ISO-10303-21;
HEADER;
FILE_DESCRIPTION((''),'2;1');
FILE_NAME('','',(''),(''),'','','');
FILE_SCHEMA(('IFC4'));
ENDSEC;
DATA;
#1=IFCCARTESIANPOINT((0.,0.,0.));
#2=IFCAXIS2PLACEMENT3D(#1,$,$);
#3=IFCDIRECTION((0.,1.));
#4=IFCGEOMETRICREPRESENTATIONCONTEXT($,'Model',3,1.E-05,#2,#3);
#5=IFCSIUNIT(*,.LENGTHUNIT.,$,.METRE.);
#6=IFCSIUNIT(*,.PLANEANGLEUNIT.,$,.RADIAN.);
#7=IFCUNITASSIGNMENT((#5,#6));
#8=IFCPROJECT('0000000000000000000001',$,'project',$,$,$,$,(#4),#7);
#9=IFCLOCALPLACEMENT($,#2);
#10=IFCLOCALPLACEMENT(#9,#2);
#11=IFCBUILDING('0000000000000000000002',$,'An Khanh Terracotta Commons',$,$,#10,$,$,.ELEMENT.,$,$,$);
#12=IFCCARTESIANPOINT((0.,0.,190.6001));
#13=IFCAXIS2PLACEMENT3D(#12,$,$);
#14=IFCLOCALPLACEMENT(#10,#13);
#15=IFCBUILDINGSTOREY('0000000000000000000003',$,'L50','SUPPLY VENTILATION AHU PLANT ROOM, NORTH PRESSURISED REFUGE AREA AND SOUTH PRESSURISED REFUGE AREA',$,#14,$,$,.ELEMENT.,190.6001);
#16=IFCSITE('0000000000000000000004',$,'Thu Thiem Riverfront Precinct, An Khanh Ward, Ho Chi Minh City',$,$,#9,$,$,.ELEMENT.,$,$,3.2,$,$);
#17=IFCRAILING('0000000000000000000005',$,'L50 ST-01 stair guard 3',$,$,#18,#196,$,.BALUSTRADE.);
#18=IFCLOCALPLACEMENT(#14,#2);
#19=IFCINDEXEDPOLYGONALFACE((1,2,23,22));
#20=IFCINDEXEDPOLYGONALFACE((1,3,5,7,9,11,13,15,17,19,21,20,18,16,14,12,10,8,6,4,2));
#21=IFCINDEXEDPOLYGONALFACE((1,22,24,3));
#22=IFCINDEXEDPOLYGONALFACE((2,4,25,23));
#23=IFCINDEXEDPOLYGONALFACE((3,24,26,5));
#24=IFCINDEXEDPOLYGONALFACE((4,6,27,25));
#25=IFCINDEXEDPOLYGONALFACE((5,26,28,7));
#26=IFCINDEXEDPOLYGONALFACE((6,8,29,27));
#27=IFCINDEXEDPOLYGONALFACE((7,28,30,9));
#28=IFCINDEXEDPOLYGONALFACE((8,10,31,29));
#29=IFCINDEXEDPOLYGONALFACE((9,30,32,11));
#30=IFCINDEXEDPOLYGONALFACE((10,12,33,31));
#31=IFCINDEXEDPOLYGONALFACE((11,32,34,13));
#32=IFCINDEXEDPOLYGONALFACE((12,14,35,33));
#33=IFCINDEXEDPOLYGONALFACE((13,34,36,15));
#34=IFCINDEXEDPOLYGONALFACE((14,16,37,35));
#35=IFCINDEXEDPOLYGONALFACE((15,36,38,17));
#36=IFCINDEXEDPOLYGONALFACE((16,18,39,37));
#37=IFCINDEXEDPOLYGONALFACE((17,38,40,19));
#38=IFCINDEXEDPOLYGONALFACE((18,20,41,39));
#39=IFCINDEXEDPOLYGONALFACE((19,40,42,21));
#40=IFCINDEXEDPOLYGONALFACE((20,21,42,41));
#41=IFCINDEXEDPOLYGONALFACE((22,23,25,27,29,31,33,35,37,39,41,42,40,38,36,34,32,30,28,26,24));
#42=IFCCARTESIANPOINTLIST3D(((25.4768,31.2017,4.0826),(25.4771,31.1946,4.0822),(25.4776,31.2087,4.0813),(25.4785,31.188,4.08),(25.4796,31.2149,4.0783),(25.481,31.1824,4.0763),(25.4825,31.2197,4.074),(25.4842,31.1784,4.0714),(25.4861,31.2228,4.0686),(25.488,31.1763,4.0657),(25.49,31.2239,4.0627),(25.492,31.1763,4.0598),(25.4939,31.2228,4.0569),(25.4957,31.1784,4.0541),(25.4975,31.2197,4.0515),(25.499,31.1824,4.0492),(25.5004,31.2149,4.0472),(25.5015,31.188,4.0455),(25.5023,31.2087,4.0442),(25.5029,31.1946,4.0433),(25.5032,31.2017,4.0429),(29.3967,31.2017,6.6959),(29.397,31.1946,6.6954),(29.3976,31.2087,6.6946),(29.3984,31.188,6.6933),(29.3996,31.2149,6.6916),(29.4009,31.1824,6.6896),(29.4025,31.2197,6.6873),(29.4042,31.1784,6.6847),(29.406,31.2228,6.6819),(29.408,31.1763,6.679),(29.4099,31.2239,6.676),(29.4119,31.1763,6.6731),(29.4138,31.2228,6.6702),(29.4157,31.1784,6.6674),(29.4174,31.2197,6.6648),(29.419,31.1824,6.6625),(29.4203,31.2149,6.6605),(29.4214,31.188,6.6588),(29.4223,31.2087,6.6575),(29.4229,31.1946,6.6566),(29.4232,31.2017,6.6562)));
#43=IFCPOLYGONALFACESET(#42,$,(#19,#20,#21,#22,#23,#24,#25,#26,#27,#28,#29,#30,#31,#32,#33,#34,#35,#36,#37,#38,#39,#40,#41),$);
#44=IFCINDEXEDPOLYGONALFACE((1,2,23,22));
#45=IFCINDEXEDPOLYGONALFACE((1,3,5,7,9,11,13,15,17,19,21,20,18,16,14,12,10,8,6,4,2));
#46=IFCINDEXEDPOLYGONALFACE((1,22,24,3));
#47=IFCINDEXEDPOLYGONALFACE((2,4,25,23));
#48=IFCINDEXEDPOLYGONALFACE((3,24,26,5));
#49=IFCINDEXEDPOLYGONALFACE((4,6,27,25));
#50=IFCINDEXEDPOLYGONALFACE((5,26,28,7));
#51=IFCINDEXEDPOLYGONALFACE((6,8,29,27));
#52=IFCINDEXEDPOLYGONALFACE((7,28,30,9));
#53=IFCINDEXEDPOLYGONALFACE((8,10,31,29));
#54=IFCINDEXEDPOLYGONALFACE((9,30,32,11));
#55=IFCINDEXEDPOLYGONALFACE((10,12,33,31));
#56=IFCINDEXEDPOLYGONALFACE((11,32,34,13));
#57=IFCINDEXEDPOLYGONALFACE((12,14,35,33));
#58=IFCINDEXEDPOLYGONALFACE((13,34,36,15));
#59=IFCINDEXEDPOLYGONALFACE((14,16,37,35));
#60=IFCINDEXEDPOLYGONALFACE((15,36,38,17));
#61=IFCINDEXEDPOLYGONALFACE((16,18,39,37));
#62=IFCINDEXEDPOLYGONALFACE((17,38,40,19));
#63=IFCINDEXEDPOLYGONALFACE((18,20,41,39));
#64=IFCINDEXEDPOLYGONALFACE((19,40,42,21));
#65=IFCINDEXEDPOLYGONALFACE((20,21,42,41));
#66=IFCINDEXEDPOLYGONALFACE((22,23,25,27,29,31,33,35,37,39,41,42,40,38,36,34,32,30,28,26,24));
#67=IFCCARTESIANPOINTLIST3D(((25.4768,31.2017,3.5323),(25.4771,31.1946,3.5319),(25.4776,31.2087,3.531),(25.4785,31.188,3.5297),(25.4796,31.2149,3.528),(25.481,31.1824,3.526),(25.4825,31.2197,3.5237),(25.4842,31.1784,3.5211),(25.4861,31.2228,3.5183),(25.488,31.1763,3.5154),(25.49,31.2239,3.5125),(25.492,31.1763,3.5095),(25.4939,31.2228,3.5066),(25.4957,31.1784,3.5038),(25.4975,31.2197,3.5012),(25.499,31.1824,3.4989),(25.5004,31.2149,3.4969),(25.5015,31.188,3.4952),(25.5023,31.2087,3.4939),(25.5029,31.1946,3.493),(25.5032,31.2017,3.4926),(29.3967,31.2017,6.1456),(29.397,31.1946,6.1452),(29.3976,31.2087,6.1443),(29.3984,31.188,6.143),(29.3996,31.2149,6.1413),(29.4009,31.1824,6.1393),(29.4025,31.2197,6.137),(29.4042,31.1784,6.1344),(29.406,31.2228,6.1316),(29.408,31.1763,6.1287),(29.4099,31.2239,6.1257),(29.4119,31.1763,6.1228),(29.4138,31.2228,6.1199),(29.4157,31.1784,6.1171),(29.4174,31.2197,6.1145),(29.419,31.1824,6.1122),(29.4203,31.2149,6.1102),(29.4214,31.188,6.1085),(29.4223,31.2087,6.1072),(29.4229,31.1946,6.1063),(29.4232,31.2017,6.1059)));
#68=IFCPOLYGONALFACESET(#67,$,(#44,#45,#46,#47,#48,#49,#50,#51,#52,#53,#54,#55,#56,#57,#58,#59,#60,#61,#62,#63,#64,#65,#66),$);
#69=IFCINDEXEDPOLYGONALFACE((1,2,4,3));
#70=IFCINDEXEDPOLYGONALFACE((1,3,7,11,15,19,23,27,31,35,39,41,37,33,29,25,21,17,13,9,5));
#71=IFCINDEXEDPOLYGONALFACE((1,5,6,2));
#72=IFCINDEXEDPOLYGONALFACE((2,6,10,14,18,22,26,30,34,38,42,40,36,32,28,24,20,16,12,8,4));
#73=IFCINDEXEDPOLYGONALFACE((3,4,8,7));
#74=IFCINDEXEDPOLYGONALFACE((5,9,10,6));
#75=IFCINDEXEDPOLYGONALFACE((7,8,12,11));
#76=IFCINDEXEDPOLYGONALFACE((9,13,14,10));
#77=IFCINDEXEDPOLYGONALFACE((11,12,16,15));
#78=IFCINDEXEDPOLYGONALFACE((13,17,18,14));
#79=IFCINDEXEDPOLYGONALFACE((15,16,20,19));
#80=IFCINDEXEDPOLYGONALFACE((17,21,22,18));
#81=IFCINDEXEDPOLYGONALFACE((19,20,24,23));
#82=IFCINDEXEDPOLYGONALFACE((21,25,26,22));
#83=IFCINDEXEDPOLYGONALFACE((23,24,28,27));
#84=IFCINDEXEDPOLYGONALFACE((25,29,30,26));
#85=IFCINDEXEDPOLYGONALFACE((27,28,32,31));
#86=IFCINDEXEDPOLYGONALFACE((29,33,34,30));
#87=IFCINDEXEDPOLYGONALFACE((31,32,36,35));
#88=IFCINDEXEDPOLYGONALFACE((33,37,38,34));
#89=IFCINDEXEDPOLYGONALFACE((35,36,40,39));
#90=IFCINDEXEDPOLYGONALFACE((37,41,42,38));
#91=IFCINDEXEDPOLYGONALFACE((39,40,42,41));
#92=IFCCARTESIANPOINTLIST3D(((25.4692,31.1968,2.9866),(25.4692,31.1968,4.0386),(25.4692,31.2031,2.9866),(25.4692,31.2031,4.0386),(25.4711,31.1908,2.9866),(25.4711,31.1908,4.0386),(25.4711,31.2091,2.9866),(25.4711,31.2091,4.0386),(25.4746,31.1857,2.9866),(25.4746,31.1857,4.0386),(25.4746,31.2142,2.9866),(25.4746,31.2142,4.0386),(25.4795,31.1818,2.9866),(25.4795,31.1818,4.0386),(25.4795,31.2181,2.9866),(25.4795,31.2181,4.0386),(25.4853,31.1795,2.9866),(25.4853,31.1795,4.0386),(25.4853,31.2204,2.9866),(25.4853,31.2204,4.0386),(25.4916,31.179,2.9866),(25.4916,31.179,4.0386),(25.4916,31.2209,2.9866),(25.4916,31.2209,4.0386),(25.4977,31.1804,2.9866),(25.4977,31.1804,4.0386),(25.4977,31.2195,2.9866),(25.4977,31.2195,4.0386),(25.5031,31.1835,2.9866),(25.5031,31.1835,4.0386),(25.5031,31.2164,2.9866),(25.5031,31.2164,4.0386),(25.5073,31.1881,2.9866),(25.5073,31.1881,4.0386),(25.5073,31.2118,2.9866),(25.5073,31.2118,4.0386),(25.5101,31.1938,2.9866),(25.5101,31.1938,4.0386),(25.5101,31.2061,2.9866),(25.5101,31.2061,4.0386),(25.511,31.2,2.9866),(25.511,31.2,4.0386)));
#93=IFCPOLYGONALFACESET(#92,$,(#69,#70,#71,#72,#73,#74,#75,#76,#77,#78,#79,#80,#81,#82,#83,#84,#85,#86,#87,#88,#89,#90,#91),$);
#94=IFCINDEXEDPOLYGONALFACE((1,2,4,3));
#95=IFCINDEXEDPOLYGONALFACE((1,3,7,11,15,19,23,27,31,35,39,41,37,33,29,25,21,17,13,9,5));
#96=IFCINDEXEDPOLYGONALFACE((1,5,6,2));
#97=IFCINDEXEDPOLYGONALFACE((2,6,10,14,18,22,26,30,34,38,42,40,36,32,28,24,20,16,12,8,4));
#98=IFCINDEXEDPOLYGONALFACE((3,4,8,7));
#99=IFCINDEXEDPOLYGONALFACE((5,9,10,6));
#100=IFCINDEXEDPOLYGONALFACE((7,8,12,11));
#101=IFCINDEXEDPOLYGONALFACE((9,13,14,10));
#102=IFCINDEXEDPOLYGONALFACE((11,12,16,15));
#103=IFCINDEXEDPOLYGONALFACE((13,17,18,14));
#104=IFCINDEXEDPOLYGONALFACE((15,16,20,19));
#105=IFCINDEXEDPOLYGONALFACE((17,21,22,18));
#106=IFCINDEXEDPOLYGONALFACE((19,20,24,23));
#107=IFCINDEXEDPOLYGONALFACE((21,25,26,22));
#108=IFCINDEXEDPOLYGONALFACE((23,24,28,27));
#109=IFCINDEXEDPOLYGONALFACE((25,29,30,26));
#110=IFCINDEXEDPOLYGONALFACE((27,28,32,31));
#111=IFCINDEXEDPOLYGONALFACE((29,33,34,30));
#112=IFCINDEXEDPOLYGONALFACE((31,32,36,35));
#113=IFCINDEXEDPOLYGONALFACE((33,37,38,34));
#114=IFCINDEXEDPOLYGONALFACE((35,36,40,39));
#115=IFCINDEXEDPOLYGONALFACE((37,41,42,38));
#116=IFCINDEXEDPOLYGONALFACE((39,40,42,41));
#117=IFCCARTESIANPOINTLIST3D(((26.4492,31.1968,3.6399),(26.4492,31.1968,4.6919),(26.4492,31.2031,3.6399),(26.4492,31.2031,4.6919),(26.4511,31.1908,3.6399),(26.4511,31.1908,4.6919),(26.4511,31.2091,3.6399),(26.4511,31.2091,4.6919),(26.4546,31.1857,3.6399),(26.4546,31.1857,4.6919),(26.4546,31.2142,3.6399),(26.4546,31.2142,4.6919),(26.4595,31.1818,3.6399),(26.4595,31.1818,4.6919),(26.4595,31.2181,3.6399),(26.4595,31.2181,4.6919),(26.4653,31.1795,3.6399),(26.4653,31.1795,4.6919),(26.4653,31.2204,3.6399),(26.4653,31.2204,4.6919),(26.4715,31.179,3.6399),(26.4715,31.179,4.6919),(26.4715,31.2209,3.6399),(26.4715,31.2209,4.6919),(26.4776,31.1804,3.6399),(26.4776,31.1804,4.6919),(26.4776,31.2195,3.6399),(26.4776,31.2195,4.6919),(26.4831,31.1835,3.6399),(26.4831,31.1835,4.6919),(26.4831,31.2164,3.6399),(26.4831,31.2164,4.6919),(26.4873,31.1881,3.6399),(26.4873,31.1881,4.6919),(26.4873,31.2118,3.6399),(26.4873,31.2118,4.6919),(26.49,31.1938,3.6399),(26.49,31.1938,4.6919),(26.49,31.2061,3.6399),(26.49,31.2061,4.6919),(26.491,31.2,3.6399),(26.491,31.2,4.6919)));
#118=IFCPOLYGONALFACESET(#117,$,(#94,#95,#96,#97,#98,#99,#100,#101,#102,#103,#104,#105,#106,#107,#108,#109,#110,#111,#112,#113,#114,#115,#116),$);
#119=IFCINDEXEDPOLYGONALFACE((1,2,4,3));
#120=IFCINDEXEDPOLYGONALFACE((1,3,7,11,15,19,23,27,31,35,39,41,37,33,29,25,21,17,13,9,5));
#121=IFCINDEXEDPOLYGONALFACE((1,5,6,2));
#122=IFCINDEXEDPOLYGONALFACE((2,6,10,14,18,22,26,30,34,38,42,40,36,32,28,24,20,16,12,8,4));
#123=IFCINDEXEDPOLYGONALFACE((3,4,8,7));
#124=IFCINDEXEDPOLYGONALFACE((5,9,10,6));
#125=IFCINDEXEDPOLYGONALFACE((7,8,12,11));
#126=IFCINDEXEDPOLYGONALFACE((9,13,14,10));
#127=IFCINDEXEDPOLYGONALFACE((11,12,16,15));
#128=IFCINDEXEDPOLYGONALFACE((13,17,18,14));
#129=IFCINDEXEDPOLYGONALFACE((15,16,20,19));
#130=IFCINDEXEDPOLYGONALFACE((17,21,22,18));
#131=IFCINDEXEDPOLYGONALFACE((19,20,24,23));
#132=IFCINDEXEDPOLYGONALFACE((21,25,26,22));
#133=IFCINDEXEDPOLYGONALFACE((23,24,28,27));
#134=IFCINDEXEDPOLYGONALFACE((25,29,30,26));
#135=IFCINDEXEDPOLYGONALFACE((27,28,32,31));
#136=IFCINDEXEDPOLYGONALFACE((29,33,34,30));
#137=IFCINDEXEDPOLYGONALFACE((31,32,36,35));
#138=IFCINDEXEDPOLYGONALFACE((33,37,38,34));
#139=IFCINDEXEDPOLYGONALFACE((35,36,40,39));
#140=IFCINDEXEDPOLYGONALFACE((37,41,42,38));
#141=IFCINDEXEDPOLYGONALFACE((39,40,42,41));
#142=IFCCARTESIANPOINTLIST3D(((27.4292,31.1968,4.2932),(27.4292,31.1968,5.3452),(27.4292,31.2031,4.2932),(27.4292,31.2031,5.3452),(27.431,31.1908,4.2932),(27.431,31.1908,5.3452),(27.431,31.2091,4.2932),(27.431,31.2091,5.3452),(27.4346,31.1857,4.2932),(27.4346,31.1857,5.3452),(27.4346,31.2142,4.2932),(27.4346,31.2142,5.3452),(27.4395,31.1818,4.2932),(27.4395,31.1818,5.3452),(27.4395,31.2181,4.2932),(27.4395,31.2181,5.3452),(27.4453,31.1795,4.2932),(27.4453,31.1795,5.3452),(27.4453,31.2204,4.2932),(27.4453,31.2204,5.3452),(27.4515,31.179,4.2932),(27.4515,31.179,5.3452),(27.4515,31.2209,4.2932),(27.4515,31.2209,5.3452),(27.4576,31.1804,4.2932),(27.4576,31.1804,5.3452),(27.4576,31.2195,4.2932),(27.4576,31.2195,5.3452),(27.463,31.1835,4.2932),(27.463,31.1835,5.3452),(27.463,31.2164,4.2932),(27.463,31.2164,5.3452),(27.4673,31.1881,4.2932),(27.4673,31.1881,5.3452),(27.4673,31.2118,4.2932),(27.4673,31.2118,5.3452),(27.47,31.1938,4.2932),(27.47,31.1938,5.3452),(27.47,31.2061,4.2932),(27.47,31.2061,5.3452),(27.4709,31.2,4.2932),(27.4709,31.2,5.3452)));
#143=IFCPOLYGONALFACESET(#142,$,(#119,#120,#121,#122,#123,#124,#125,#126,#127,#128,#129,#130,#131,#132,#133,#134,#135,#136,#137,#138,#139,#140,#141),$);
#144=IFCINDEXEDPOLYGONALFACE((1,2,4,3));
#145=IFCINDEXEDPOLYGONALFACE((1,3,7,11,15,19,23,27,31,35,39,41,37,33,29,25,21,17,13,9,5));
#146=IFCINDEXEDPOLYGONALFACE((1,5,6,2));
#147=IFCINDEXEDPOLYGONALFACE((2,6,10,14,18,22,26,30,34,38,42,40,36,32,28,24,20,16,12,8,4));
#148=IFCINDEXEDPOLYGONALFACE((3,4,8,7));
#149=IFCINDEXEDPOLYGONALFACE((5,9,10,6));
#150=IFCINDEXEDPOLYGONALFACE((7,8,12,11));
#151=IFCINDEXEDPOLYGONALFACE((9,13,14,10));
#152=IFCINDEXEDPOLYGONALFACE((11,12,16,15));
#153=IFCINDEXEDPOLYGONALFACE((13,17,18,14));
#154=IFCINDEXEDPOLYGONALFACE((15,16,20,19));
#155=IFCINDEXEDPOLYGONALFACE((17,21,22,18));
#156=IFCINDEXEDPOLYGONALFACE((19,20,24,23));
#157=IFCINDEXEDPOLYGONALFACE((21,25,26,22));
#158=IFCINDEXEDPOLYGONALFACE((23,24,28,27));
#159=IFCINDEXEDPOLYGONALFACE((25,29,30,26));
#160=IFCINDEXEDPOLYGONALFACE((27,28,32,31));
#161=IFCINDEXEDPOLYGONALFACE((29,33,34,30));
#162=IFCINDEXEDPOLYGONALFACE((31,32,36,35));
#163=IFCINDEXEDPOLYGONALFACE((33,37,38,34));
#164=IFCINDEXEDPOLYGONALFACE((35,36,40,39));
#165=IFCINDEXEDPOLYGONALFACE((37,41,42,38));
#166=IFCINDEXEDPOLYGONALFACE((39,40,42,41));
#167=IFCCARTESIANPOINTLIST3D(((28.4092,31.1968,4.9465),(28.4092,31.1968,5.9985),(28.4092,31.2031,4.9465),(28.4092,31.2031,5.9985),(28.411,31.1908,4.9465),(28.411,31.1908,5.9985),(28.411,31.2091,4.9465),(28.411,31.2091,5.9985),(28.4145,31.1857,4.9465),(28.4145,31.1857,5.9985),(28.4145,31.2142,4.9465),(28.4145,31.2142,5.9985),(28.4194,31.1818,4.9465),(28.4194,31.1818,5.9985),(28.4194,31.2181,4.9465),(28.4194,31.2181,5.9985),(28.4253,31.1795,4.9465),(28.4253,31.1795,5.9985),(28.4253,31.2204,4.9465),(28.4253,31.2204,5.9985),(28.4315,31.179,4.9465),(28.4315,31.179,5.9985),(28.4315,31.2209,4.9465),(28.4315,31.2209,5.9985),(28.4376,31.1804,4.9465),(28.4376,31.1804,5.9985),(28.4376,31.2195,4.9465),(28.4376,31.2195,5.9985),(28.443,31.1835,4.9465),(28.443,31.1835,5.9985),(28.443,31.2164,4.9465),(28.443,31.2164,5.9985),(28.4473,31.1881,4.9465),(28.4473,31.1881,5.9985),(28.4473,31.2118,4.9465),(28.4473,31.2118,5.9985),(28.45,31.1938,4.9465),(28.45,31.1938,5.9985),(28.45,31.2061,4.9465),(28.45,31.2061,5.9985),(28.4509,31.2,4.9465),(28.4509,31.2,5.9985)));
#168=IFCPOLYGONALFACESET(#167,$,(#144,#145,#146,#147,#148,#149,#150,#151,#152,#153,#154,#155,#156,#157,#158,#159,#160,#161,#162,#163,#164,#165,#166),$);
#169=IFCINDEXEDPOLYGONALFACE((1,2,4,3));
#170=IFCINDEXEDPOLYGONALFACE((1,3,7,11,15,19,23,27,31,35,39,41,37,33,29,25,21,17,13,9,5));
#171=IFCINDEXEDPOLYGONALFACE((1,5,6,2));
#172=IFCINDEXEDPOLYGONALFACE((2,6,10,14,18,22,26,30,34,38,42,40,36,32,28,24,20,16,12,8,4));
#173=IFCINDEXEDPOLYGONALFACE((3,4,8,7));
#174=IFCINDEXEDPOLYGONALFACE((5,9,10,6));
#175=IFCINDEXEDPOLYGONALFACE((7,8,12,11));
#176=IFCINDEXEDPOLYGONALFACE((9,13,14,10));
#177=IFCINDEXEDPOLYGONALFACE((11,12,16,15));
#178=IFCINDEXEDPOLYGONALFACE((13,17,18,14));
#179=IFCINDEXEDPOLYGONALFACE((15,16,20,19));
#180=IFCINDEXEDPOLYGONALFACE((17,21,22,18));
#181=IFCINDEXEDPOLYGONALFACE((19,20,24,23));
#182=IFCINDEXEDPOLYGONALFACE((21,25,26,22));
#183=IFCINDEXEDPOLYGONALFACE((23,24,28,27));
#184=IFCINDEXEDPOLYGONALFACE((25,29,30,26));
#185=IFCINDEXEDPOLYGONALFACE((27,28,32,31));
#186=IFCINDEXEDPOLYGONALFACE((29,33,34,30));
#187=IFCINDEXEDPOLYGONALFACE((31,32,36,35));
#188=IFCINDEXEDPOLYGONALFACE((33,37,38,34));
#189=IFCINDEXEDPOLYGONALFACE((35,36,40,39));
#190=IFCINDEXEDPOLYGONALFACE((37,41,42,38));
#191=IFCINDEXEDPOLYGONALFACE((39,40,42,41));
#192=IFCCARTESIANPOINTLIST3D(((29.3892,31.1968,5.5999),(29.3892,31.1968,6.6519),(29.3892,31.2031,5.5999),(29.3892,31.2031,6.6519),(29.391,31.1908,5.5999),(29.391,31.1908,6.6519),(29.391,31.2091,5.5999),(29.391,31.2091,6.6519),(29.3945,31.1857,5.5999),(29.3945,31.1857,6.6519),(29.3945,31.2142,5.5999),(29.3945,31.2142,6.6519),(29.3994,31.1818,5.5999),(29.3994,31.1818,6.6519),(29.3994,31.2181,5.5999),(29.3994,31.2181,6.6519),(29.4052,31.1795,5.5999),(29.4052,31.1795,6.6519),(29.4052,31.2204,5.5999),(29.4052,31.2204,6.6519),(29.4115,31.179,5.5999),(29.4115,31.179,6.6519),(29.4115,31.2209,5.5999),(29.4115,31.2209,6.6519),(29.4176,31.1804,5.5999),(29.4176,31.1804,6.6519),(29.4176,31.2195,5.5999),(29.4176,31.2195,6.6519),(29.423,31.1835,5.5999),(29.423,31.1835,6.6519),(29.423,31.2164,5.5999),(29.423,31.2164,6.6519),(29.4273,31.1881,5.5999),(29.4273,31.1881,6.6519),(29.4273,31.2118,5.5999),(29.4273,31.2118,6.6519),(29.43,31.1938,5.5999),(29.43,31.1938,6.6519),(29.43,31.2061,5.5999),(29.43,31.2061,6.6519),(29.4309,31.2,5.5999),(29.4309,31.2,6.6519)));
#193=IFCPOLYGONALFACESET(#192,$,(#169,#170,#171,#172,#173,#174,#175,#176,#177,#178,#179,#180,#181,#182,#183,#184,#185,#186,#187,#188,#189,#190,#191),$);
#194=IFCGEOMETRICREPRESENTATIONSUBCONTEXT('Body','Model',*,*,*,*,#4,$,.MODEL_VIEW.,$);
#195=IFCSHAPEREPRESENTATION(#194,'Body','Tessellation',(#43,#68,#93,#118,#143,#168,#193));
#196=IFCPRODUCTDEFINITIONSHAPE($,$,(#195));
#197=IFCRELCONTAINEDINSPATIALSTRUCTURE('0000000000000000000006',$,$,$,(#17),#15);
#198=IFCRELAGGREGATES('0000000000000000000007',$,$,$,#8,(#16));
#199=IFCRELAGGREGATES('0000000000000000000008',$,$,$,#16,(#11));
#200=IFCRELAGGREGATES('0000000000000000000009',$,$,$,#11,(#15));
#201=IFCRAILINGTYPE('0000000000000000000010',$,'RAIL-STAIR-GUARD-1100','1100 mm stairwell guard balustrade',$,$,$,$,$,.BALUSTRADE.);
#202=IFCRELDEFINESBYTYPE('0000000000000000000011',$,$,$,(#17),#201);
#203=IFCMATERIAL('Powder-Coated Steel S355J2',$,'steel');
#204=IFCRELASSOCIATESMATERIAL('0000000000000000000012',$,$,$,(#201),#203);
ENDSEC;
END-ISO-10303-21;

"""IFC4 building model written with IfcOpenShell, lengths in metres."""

from ifc_helpers import new_model, si_unit, direction, frame, origin, origin_2d, place, context, subcontext, project, spatial, circle, extrude, material, type_object, element, save


model = new_model("IFC4")

# Units and contexts
model_context = context("Model", 3, precision=1e-05, world=origin(), true_north=direction((0.0, 1.0)))
body_context = subcontext(model_context, "Body", "Model", "MODEL_VIEW")
ifc_project = project(units=[si_unit("LENGTHUNIT", "METRE"), si_unit("PLANEANGLEUNIT", "RADIAN")], contexts=[model_context])

# Site, building, storey
site_placement = place(None, origin())
site = spatial("IfcSite", under=ifc_project, at=site_placement, Name="Thu Thiem Riverfront Precinct, An Khanh Ward, Ho Chi Minh City", CompositionType="ELEMENT", RefElevation=3.2)
building_placement = place(site_placement, origin())
building = spatial("IfcBuilding", under=site, at=building_placement, Name="An Khanh Terracotta Commons", CompositionType="ELEMENT")
storey_placement = place(building_placement, frame((0.0, 0.0, 190.6001)))
storey = spatial("IfcBuildingStorey", under=building, at=storey_placement, Name="L50", Description="SUPPLY VENTILATION AHU PLANT ROOM, NORTH PRESSURISED REFUGE AREA AND SOUTH PRESSURISED REFUGE AREA", CompositionType="ELEMENT", Elevation=190.6001)

# Railing
ifc_material_1 = material(Name="Powder-Coated Steel S355J2", Category="steel")
railing_type_1 = type_object("IfcRailingType", Name="RAIL-STAIR-GUARD-1100", Description="1100 mm stairwell guard balustrade", PredefinedType="BALUSTRADE", material=ifc_material_1)
railing_1_placement = place(storey_placement, frame((25.49, 31.2, 2.9866)))
element("IfcRailing", 1, at=railing_1_placement, inside=storey, type_object=railing_type_1, Name="L50 ST-01 stair guard 3", PredefinedType="BALUSTRADE", context=body_context, shape_type="SweptSolid", body=[
    extrude(circle(Radius=0.0239, at=origin_2d()), frame((0.0, 0.0, 1.0762), z_axis=(0.83205, 0.0, 0.5547), x_axis=(0.0, 1.0, 0.0)), (0.0, 0.0, 1.0), 4.7112),
    extrude(circle(Radius=0.0239, at=origin_2d()), frame((0.0, 0.0, 0.5259), z_axis=(0.83205, 0.0, 0.5547), x_axis=(0.0, 1.0, 0.0)), (0.0, 0.0, 1.0), 4.7112),
    extrude(circle(Radius=0.021, at=origin_2d()), origin(), (0.0, 0.0, 1.0), 1.052),
    extrude(circle(Radius=0.021, at=origin_2d()), frame((0.98, 0.0, 0.6533)), (0.0, 0.0, 1.0), 1.052),
    extrude(circle(Radius=0.021, at=origin_2d()), frame((1.96, 0.0, 1.3066)), (0.0, 0.0, 1.0), 1.052),
    extrude(circle(Radius=0.021, at=origin_2d()), frame((2.9399, 0.0, 1.96)), (0.0, 0.0, 1.0), 1.052),
    extrude(circle(Radius=0.021, at=origin_2d()), frame((3.9199, 0.0, 2.6133)), (0.0, 0.0, 1.0), 1.052),
])

save(model, "model.ifc")
